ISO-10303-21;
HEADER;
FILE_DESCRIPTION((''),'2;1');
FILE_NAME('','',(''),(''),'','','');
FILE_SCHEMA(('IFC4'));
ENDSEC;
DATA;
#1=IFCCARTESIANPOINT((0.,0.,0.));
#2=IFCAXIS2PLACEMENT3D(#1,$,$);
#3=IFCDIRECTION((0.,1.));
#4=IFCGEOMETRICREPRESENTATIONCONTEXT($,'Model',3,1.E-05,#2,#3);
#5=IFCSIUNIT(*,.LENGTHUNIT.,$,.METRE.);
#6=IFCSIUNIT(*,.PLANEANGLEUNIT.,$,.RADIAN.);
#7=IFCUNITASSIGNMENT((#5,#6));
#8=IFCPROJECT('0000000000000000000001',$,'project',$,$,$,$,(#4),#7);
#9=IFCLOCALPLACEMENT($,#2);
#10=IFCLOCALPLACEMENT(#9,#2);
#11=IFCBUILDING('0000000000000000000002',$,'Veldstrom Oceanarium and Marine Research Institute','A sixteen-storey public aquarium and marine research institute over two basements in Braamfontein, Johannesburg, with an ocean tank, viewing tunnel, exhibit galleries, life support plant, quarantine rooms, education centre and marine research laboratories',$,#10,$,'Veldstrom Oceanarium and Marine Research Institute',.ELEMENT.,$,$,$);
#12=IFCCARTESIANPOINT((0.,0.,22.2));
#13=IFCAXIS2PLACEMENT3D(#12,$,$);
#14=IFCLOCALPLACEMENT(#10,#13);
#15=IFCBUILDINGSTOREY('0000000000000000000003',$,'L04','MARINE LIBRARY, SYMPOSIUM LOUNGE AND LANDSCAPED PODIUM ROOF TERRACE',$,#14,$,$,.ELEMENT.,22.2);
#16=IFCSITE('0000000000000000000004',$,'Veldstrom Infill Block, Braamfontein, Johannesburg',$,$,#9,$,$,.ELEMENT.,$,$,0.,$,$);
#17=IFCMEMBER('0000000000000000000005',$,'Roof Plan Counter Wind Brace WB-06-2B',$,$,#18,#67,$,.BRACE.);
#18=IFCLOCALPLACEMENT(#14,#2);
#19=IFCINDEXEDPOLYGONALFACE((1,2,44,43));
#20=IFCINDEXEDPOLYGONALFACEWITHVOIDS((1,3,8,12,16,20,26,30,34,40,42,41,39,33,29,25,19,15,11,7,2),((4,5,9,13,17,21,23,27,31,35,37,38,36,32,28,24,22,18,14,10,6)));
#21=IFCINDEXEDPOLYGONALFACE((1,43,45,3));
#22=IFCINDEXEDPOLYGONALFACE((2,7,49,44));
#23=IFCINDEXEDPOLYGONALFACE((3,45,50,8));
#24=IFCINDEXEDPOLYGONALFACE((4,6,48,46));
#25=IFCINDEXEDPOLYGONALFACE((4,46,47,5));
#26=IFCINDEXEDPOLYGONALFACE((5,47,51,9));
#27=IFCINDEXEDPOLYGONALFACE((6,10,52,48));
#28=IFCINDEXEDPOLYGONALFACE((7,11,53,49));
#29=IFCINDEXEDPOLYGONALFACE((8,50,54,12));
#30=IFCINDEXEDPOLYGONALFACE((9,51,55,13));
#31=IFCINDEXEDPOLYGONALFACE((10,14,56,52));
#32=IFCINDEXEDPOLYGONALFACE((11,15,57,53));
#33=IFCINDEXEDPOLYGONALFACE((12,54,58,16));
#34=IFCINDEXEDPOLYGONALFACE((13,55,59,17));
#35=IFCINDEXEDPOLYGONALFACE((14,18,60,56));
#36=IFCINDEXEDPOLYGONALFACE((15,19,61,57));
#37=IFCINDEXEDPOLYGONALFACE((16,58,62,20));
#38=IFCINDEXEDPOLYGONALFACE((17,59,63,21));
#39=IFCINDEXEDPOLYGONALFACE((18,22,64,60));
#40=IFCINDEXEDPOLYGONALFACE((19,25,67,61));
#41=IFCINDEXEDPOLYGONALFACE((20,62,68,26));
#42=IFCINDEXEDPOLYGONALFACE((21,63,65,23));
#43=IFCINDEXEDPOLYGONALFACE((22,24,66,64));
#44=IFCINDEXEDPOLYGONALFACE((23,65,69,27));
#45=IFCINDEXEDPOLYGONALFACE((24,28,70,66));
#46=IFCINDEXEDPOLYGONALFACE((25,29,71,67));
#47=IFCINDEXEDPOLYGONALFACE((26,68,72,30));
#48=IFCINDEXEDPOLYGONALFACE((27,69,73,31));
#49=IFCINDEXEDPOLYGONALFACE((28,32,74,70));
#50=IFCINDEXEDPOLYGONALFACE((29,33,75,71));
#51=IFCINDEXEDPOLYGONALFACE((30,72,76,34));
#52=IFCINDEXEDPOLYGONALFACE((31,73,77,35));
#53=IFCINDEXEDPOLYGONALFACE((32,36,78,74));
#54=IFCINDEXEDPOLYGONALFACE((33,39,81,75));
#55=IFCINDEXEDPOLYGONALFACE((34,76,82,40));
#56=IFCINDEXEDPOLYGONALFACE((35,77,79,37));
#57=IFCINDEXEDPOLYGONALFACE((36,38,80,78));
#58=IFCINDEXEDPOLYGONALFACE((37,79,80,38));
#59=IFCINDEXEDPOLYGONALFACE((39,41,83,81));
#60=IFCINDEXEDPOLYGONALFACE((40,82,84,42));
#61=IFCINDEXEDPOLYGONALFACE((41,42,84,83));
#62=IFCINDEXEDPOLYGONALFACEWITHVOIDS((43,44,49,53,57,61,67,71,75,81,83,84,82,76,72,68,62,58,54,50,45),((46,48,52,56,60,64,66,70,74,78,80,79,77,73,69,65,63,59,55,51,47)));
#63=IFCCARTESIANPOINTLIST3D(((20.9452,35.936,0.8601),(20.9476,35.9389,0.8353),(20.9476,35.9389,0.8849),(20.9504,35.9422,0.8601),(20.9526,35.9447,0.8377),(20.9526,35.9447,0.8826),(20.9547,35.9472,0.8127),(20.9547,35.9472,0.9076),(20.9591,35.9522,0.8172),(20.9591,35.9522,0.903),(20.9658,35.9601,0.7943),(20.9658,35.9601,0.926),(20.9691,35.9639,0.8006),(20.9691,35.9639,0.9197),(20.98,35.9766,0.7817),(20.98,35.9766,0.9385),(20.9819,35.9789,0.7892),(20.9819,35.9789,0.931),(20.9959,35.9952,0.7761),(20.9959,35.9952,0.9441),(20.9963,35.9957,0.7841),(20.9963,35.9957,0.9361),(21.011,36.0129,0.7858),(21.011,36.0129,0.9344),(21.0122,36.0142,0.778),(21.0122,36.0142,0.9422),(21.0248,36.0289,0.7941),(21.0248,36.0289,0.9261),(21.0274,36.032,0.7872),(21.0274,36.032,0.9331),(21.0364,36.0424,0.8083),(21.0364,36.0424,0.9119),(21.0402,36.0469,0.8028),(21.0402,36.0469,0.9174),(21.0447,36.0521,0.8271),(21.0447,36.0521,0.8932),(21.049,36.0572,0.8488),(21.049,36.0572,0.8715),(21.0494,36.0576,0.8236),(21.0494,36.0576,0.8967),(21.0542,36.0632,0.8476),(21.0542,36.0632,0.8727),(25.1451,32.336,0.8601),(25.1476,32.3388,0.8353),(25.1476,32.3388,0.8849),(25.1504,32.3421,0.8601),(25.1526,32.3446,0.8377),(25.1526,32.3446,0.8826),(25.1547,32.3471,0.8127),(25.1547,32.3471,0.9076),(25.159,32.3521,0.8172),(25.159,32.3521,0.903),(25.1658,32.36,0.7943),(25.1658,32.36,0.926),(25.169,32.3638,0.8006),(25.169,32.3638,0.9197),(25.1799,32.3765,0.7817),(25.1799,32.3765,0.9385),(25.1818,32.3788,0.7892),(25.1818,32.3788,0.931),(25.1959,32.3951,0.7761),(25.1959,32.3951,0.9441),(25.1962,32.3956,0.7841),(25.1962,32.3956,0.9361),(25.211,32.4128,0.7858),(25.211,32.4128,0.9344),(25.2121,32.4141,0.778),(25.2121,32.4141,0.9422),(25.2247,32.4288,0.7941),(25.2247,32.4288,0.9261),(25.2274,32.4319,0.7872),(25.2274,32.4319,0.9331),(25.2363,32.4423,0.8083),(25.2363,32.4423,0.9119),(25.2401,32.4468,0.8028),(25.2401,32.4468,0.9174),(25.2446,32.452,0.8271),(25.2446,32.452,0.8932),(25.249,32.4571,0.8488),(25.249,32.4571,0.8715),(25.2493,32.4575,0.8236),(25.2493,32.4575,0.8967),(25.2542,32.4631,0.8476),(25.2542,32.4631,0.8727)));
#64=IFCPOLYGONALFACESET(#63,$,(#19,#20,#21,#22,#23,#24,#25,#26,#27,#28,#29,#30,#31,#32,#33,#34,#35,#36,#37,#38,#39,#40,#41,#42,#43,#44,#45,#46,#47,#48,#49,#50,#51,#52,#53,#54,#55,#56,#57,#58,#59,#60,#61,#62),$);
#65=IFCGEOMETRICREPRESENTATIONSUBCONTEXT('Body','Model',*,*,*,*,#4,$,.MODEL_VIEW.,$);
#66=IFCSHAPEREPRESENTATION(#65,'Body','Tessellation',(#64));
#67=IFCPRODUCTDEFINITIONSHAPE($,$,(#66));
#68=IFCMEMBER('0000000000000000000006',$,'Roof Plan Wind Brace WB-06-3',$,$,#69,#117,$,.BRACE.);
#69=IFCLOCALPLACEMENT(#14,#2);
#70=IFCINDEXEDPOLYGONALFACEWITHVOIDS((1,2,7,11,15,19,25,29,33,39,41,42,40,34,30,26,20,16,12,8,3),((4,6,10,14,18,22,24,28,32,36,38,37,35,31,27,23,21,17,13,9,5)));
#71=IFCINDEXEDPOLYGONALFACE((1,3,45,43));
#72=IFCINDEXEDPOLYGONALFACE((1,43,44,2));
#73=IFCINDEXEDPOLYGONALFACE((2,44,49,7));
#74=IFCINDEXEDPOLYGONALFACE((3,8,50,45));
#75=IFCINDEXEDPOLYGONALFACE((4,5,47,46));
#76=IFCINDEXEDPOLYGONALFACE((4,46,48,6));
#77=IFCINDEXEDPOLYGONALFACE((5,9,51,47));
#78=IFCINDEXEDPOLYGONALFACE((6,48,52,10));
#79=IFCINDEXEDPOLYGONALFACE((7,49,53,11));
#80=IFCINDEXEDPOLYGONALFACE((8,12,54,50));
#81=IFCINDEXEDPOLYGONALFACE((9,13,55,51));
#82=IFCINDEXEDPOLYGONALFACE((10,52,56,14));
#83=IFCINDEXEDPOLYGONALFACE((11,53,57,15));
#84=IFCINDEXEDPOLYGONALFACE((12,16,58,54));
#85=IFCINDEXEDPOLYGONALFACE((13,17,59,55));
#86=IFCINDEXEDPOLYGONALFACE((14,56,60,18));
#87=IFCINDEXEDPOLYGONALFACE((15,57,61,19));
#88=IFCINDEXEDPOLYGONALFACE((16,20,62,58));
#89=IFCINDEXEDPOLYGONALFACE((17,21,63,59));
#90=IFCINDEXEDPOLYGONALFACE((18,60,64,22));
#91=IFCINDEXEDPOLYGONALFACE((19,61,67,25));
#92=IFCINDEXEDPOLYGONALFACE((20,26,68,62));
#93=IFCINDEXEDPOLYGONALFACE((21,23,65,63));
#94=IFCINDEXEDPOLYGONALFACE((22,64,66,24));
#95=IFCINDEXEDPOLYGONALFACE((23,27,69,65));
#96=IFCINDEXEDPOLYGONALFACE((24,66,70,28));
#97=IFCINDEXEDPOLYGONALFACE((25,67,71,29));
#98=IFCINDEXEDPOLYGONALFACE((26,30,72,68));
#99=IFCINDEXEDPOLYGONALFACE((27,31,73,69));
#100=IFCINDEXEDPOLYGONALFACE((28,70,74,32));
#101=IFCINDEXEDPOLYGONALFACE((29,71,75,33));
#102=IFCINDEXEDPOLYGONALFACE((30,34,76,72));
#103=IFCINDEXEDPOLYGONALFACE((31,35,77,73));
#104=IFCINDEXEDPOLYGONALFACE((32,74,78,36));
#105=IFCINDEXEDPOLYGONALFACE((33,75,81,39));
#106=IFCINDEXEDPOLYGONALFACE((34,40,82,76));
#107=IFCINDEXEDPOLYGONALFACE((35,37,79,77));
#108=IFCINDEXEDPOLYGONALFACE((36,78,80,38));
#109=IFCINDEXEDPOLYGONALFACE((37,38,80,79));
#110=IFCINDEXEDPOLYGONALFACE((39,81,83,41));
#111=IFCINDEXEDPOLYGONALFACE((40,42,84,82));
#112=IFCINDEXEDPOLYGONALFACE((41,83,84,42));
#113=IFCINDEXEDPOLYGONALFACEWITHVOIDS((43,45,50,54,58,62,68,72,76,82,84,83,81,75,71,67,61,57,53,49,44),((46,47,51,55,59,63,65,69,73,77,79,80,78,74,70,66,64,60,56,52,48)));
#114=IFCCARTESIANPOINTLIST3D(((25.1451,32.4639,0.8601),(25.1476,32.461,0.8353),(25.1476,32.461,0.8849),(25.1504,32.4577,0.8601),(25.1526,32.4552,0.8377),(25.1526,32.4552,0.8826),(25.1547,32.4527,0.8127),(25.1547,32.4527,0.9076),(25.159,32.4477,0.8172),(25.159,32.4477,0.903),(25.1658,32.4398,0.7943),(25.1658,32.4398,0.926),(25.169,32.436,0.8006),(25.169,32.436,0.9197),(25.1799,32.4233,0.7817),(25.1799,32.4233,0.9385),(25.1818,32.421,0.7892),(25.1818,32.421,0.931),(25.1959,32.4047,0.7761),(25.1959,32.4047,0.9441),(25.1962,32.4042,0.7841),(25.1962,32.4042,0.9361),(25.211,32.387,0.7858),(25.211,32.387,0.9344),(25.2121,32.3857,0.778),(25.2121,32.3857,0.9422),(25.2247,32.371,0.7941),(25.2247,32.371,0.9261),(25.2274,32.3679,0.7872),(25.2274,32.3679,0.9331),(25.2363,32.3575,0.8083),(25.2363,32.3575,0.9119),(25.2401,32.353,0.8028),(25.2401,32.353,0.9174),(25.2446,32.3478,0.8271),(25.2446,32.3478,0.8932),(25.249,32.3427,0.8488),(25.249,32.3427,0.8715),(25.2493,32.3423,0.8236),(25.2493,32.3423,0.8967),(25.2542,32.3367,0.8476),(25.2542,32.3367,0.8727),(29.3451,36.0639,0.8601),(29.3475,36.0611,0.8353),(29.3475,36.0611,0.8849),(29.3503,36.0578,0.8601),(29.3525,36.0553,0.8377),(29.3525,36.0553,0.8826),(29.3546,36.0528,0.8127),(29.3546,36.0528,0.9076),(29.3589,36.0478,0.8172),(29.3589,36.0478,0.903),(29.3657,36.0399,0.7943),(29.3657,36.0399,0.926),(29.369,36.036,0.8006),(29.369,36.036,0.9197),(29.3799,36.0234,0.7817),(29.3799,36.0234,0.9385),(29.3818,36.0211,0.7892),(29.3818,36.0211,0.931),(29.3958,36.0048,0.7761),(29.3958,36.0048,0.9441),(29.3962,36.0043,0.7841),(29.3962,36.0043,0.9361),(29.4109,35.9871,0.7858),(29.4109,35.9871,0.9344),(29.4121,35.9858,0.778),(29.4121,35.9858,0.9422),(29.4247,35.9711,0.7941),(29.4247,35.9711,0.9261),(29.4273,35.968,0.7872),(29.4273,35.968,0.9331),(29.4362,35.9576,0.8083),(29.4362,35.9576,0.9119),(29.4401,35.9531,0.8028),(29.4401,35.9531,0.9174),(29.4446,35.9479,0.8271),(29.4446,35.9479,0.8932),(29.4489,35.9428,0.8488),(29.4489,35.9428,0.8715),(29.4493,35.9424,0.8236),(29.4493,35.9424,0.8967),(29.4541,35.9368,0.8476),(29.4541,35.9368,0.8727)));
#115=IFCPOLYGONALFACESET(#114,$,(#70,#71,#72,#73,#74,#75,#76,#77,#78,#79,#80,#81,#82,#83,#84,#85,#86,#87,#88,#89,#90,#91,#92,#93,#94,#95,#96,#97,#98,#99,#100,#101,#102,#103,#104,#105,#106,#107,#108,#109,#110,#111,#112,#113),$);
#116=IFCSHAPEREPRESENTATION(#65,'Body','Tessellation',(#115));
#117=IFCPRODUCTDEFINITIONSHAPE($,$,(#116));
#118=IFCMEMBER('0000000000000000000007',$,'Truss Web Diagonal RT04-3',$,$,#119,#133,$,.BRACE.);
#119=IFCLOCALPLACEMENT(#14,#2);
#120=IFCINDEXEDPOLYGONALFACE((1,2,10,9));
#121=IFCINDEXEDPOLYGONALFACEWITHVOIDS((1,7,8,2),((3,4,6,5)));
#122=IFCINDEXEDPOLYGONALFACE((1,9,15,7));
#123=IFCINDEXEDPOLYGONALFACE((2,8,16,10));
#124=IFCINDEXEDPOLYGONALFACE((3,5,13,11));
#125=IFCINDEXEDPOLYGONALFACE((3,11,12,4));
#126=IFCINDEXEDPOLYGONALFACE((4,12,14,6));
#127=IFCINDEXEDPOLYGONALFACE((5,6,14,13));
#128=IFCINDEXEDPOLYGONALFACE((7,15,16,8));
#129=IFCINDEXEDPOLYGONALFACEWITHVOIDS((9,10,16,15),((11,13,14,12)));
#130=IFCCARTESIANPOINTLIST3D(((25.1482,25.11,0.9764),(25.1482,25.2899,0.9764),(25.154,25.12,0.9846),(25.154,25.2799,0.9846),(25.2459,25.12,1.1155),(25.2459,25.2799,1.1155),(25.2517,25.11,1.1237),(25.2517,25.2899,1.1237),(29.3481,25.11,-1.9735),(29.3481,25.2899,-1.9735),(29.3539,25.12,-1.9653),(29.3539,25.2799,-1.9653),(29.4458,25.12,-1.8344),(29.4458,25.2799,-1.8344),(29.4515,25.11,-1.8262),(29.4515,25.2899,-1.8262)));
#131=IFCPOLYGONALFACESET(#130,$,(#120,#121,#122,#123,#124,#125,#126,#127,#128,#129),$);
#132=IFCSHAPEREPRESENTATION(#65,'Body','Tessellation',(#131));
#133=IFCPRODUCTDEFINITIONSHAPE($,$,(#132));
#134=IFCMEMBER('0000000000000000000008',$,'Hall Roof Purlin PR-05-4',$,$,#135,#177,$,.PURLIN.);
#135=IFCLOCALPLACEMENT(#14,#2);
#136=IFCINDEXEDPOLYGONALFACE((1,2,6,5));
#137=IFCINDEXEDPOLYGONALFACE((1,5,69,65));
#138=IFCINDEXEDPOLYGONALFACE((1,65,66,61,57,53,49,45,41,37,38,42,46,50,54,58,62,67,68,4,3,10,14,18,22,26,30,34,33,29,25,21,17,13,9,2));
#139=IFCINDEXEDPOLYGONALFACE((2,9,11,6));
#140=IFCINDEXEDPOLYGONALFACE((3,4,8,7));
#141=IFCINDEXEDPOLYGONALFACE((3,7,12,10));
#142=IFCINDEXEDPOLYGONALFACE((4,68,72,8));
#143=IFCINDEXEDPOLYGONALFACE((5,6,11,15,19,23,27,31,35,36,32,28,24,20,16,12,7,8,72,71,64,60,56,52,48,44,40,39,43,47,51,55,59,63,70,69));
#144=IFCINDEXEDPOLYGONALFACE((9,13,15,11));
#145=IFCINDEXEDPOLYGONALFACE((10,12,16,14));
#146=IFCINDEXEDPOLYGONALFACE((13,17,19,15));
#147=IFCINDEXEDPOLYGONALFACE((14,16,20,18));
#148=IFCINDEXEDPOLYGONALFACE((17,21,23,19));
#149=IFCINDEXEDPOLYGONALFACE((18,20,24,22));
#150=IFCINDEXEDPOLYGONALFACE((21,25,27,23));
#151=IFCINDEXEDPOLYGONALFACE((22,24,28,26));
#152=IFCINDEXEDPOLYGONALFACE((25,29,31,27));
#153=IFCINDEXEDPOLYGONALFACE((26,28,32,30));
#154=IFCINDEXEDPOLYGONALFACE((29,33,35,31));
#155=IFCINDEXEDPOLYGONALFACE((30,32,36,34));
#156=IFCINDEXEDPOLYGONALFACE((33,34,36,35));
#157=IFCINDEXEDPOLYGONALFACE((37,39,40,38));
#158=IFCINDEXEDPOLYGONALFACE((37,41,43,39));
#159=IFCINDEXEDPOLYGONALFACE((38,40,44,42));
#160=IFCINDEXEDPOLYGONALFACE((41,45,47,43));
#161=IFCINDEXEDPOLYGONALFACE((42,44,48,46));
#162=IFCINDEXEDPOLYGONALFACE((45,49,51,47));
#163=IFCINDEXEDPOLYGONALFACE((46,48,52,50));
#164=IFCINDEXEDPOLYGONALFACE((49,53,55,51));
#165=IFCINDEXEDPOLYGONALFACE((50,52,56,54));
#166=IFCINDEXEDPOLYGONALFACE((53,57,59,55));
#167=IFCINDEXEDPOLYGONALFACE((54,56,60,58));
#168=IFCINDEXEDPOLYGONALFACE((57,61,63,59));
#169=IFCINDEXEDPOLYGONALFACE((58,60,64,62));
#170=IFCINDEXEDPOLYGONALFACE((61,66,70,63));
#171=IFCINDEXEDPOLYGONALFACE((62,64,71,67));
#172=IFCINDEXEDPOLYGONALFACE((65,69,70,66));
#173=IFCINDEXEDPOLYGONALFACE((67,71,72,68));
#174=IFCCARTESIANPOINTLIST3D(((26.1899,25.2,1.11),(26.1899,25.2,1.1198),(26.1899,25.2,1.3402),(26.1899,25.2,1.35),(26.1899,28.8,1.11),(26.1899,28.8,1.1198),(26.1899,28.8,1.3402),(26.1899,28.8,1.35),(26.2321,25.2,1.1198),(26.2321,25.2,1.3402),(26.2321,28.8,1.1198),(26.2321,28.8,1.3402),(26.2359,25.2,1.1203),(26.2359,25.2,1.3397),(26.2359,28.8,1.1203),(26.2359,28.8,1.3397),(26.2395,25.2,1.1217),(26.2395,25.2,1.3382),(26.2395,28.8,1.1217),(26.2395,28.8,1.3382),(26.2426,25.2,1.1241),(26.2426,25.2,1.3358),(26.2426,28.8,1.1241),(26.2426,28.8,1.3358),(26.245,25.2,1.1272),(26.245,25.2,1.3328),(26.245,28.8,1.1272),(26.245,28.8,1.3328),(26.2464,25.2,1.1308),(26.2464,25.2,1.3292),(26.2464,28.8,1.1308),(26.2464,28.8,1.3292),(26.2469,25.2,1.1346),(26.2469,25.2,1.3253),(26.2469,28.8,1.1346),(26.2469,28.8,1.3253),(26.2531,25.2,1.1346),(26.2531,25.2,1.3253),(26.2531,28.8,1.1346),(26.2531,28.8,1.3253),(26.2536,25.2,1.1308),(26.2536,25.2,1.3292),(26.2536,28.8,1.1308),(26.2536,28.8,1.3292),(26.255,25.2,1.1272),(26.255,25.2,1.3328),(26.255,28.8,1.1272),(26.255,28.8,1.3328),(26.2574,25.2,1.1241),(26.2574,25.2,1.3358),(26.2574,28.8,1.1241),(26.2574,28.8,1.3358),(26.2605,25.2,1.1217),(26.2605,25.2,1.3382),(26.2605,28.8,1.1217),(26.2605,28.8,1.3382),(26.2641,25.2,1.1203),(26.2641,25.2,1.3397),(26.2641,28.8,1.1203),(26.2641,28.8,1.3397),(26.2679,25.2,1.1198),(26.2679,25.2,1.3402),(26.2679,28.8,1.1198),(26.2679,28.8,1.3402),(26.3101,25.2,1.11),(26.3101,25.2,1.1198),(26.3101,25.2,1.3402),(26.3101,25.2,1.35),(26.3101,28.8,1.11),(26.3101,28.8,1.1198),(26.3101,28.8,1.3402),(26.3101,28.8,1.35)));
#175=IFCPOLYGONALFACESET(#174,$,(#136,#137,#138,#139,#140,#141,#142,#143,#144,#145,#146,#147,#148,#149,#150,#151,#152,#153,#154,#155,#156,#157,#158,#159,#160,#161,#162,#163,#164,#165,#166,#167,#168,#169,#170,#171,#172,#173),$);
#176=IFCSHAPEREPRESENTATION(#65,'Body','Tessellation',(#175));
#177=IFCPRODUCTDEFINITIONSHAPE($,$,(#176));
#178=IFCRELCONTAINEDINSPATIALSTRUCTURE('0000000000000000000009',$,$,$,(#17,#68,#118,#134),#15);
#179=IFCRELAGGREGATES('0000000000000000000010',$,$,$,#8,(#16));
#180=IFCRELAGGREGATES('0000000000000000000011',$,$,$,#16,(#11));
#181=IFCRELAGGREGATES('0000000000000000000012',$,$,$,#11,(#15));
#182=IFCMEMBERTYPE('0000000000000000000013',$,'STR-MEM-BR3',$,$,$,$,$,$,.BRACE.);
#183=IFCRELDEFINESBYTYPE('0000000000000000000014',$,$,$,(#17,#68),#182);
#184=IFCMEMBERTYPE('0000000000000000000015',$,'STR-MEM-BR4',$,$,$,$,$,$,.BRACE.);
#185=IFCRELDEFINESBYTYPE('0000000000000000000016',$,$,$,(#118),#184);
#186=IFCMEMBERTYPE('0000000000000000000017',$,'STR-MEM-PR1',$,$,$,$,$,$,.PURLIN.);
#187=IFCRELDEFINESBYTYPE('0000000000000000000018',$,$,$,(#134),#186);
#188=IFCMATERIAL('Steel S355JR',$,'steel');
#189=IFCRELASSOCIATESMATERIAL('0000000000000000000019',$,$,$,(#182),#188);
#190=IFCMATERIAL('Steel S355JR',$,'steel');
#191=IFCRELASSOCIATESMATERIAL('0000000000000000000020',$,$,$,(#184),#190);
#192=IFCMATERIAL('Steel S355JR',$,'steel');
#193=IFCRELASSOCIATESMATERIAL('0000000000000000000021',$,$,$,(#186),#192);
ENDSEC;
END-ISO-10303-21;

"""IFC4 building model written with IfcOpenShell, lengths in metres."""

from ifc_helpers import new_model, si_unit, direction, frame, origin, origin_2d, place, context, subcontext, project, spatial, hollow_rectangle, hollow_circle, i_section, extrude, material, material_profile, profile_set, type_object, element, save


model = new_model("IFC4")

# Units and contexts
model_context = context("Model", 3, precision=1e-05, world=origin(), true_north=direction((0.0, 1.0)))
body_context = subcontext(model_context, "Body", "Model", "MODEL_VIEW")
ifc_project = project(units=[si_unit("LENGTHUNIT", "METRE"), si_unit("PLANEANGLEUNIT", "RADIAN")], contexts=[model_context])

# Site, building, storey
site_placement = place(None, origin())
site = spatial("IfcSite", under=ifc_project, at=site_placement, Name="Veldstrom Infill Block, Braamfontein, Johannesburg", CompositionType="ELEMENT", RefElevation=0.0)
building_placement = place(site_placement, origin())
building = spatial("IfcBuilding", under=site, at=building_placement, Name="Veldstrom Oceanarium and Marine Research Institute", Description="A sixteen-storey public aquarium and marine research institute over two basements in Braamfontein, Johannesburg, with an ocean tank, viewing tunnel, exhibit galleries, life support plant, quarantine rooms, education centre and marine research laboratories", LongName="Veldstrom Oceanarium and Marine Research Institute", CompositionType="ELEMENT")
storey_placement = place(building_placement, frame((0.0, 0.0, 22.2)))
storey = spatial("IfcBuildingStorey", under=building, at=storey_placement, Name="L04", Description="MARINE LIBRARY, SYMPOSIUM LOUNGE AND LANDSCAPED PODIUM ROOF TERRACE", CompositionType="ELEMENT", Elevation=22.2)

# Members
ifc_material_1 = material(Name="Steel S355JR", Category="steel")
ifc_material_profile_1 = material_profile(ifc_material_1, hollow_circle(Radius=0.0842, WallThickness=0.0081, at=origin_2d()), Name="CHS 168.3x8")
ifc_profile_set_1 = profile_set([ifc_material_profile_1], Name="Steel S355JR")
member_type_1 = type_object("IfcMemberType", Name="STR-MEM-BR3", PredefinedType="BRACE", material=ifc_profile_set_1)
for number, where, z_axis, x_axis, name in (
    (1, (25.2, 32.3999, 0.8601), (-0.759244, 0.650806, 0.0), (-0.650806, -0.759244, 0.0), "Roof Plan Counter Wind Brace WB-06-2B"),
    (2, (25.2, 32.3999, 0.8601), (0.759244, 0.650806, 0.0), (-0.650806, 0.759244, 0.0), "Roof Plan Wind Brace WB-06-3"),
):
    element("IfcMember", number, at=place(storey_placement, frame(where, z_axis=z_axis, x_axis=x_axis)), inside=storey, type_object=member_type_1, Name=name, PredefinedType="BRACE", context=body_context, shape_type="SweptSolid", body=[
        extrude(hollow_circle(Radius=0.0842, WallThickness=0.0081, at=origin_2d()), origin(), (0.0, 0.0, 1.0), 5.5317),
    ])
ifc_material_2 = material(Name="Steel S355JR", Category="steel")
ifc_material_profile_2 = material_profile(ifc_material_2, hollow_rectangle(XDim=0.1799, YDim=0.1799, WallThickness=0.01, at=origin_2d()), Name="SHS 180x180x10")
ifc_profile_set_2 = profile_set([ifc_material_profile_2], Name="Steel S355JR")
member_type_2 = type_object("IfcMemberType", Name="STR-MEM-BR4", PredefinedType="BRACE", material=ifc_profile_set_2)
member_1_placement = place(storey_placement, frame((25.2, 25.2, 1.05), z_axis=(0.818317, 0.0, -0.574767), x_axis=(0.0, 1.0, 0.0)))
element("IfcMember", 3, at=member_1_placement, inside=storey, type_object=member_type_2, Name="Truss Web Diagonal RT04-3", PredefinedType="BRACE", context=body_context, shape_type="SweptSolid", body=[
    extrude(hollow_rectangle(XDim=0.1799, YDim=0.1799, WallThickness=0.01, at=origin_2d()), origin(), (0.0, 0.0, 1.0), 5.1323),
])
ifc_material_3 = material(Name="Steel S355JR", Category="steel")
ifc_material_profile_3 = material_profile(ifc_material_3, i_section(OverallWidth=0.1201, OverallDepth=0.24, WebThickness=0.0061, FlangeThickness=0.0098, FilletRadius=0.0149, at=origin_2d()), Name="IPE 240")
ifc_profile_set_3 = profile_set([ifc_material_profile_3], Name="Steel S355JR")
member_type_3 = type_object("IfcMemberType", Name="STR-MEM-PR1", PredefinedType="PURLIN", material=ifc_profile_set_3)
for number, where, z_axis, x_axis, name in (
    (4, (26.25, 25.2, 1.23), (0.0, 1.0, 0.0), (-1.0, 0.0, 0.0), "Hall Roof Purlin PR-05-4"),
):
    element("IfcMember", number, at=place(storey_placement, frame(where, z_axis=z_axis, x_axis=x_axis)), inside=storey, type_object=member_type_3, Name=name, PredefinedType="PURLIN", context=body_context, shape_type="SweptSolid", body=[
        extrude(i_section(OverallWidth=0.1201, OverallDepth=0.24, WebThickness=0.0061, FlangeThickness=0.0098, FilletRadius=0.0149, at=origin_2d()), origin(), (0.0, 0.0, 1.0), 3.6001),
    ])

save(model, "model.ifc")
